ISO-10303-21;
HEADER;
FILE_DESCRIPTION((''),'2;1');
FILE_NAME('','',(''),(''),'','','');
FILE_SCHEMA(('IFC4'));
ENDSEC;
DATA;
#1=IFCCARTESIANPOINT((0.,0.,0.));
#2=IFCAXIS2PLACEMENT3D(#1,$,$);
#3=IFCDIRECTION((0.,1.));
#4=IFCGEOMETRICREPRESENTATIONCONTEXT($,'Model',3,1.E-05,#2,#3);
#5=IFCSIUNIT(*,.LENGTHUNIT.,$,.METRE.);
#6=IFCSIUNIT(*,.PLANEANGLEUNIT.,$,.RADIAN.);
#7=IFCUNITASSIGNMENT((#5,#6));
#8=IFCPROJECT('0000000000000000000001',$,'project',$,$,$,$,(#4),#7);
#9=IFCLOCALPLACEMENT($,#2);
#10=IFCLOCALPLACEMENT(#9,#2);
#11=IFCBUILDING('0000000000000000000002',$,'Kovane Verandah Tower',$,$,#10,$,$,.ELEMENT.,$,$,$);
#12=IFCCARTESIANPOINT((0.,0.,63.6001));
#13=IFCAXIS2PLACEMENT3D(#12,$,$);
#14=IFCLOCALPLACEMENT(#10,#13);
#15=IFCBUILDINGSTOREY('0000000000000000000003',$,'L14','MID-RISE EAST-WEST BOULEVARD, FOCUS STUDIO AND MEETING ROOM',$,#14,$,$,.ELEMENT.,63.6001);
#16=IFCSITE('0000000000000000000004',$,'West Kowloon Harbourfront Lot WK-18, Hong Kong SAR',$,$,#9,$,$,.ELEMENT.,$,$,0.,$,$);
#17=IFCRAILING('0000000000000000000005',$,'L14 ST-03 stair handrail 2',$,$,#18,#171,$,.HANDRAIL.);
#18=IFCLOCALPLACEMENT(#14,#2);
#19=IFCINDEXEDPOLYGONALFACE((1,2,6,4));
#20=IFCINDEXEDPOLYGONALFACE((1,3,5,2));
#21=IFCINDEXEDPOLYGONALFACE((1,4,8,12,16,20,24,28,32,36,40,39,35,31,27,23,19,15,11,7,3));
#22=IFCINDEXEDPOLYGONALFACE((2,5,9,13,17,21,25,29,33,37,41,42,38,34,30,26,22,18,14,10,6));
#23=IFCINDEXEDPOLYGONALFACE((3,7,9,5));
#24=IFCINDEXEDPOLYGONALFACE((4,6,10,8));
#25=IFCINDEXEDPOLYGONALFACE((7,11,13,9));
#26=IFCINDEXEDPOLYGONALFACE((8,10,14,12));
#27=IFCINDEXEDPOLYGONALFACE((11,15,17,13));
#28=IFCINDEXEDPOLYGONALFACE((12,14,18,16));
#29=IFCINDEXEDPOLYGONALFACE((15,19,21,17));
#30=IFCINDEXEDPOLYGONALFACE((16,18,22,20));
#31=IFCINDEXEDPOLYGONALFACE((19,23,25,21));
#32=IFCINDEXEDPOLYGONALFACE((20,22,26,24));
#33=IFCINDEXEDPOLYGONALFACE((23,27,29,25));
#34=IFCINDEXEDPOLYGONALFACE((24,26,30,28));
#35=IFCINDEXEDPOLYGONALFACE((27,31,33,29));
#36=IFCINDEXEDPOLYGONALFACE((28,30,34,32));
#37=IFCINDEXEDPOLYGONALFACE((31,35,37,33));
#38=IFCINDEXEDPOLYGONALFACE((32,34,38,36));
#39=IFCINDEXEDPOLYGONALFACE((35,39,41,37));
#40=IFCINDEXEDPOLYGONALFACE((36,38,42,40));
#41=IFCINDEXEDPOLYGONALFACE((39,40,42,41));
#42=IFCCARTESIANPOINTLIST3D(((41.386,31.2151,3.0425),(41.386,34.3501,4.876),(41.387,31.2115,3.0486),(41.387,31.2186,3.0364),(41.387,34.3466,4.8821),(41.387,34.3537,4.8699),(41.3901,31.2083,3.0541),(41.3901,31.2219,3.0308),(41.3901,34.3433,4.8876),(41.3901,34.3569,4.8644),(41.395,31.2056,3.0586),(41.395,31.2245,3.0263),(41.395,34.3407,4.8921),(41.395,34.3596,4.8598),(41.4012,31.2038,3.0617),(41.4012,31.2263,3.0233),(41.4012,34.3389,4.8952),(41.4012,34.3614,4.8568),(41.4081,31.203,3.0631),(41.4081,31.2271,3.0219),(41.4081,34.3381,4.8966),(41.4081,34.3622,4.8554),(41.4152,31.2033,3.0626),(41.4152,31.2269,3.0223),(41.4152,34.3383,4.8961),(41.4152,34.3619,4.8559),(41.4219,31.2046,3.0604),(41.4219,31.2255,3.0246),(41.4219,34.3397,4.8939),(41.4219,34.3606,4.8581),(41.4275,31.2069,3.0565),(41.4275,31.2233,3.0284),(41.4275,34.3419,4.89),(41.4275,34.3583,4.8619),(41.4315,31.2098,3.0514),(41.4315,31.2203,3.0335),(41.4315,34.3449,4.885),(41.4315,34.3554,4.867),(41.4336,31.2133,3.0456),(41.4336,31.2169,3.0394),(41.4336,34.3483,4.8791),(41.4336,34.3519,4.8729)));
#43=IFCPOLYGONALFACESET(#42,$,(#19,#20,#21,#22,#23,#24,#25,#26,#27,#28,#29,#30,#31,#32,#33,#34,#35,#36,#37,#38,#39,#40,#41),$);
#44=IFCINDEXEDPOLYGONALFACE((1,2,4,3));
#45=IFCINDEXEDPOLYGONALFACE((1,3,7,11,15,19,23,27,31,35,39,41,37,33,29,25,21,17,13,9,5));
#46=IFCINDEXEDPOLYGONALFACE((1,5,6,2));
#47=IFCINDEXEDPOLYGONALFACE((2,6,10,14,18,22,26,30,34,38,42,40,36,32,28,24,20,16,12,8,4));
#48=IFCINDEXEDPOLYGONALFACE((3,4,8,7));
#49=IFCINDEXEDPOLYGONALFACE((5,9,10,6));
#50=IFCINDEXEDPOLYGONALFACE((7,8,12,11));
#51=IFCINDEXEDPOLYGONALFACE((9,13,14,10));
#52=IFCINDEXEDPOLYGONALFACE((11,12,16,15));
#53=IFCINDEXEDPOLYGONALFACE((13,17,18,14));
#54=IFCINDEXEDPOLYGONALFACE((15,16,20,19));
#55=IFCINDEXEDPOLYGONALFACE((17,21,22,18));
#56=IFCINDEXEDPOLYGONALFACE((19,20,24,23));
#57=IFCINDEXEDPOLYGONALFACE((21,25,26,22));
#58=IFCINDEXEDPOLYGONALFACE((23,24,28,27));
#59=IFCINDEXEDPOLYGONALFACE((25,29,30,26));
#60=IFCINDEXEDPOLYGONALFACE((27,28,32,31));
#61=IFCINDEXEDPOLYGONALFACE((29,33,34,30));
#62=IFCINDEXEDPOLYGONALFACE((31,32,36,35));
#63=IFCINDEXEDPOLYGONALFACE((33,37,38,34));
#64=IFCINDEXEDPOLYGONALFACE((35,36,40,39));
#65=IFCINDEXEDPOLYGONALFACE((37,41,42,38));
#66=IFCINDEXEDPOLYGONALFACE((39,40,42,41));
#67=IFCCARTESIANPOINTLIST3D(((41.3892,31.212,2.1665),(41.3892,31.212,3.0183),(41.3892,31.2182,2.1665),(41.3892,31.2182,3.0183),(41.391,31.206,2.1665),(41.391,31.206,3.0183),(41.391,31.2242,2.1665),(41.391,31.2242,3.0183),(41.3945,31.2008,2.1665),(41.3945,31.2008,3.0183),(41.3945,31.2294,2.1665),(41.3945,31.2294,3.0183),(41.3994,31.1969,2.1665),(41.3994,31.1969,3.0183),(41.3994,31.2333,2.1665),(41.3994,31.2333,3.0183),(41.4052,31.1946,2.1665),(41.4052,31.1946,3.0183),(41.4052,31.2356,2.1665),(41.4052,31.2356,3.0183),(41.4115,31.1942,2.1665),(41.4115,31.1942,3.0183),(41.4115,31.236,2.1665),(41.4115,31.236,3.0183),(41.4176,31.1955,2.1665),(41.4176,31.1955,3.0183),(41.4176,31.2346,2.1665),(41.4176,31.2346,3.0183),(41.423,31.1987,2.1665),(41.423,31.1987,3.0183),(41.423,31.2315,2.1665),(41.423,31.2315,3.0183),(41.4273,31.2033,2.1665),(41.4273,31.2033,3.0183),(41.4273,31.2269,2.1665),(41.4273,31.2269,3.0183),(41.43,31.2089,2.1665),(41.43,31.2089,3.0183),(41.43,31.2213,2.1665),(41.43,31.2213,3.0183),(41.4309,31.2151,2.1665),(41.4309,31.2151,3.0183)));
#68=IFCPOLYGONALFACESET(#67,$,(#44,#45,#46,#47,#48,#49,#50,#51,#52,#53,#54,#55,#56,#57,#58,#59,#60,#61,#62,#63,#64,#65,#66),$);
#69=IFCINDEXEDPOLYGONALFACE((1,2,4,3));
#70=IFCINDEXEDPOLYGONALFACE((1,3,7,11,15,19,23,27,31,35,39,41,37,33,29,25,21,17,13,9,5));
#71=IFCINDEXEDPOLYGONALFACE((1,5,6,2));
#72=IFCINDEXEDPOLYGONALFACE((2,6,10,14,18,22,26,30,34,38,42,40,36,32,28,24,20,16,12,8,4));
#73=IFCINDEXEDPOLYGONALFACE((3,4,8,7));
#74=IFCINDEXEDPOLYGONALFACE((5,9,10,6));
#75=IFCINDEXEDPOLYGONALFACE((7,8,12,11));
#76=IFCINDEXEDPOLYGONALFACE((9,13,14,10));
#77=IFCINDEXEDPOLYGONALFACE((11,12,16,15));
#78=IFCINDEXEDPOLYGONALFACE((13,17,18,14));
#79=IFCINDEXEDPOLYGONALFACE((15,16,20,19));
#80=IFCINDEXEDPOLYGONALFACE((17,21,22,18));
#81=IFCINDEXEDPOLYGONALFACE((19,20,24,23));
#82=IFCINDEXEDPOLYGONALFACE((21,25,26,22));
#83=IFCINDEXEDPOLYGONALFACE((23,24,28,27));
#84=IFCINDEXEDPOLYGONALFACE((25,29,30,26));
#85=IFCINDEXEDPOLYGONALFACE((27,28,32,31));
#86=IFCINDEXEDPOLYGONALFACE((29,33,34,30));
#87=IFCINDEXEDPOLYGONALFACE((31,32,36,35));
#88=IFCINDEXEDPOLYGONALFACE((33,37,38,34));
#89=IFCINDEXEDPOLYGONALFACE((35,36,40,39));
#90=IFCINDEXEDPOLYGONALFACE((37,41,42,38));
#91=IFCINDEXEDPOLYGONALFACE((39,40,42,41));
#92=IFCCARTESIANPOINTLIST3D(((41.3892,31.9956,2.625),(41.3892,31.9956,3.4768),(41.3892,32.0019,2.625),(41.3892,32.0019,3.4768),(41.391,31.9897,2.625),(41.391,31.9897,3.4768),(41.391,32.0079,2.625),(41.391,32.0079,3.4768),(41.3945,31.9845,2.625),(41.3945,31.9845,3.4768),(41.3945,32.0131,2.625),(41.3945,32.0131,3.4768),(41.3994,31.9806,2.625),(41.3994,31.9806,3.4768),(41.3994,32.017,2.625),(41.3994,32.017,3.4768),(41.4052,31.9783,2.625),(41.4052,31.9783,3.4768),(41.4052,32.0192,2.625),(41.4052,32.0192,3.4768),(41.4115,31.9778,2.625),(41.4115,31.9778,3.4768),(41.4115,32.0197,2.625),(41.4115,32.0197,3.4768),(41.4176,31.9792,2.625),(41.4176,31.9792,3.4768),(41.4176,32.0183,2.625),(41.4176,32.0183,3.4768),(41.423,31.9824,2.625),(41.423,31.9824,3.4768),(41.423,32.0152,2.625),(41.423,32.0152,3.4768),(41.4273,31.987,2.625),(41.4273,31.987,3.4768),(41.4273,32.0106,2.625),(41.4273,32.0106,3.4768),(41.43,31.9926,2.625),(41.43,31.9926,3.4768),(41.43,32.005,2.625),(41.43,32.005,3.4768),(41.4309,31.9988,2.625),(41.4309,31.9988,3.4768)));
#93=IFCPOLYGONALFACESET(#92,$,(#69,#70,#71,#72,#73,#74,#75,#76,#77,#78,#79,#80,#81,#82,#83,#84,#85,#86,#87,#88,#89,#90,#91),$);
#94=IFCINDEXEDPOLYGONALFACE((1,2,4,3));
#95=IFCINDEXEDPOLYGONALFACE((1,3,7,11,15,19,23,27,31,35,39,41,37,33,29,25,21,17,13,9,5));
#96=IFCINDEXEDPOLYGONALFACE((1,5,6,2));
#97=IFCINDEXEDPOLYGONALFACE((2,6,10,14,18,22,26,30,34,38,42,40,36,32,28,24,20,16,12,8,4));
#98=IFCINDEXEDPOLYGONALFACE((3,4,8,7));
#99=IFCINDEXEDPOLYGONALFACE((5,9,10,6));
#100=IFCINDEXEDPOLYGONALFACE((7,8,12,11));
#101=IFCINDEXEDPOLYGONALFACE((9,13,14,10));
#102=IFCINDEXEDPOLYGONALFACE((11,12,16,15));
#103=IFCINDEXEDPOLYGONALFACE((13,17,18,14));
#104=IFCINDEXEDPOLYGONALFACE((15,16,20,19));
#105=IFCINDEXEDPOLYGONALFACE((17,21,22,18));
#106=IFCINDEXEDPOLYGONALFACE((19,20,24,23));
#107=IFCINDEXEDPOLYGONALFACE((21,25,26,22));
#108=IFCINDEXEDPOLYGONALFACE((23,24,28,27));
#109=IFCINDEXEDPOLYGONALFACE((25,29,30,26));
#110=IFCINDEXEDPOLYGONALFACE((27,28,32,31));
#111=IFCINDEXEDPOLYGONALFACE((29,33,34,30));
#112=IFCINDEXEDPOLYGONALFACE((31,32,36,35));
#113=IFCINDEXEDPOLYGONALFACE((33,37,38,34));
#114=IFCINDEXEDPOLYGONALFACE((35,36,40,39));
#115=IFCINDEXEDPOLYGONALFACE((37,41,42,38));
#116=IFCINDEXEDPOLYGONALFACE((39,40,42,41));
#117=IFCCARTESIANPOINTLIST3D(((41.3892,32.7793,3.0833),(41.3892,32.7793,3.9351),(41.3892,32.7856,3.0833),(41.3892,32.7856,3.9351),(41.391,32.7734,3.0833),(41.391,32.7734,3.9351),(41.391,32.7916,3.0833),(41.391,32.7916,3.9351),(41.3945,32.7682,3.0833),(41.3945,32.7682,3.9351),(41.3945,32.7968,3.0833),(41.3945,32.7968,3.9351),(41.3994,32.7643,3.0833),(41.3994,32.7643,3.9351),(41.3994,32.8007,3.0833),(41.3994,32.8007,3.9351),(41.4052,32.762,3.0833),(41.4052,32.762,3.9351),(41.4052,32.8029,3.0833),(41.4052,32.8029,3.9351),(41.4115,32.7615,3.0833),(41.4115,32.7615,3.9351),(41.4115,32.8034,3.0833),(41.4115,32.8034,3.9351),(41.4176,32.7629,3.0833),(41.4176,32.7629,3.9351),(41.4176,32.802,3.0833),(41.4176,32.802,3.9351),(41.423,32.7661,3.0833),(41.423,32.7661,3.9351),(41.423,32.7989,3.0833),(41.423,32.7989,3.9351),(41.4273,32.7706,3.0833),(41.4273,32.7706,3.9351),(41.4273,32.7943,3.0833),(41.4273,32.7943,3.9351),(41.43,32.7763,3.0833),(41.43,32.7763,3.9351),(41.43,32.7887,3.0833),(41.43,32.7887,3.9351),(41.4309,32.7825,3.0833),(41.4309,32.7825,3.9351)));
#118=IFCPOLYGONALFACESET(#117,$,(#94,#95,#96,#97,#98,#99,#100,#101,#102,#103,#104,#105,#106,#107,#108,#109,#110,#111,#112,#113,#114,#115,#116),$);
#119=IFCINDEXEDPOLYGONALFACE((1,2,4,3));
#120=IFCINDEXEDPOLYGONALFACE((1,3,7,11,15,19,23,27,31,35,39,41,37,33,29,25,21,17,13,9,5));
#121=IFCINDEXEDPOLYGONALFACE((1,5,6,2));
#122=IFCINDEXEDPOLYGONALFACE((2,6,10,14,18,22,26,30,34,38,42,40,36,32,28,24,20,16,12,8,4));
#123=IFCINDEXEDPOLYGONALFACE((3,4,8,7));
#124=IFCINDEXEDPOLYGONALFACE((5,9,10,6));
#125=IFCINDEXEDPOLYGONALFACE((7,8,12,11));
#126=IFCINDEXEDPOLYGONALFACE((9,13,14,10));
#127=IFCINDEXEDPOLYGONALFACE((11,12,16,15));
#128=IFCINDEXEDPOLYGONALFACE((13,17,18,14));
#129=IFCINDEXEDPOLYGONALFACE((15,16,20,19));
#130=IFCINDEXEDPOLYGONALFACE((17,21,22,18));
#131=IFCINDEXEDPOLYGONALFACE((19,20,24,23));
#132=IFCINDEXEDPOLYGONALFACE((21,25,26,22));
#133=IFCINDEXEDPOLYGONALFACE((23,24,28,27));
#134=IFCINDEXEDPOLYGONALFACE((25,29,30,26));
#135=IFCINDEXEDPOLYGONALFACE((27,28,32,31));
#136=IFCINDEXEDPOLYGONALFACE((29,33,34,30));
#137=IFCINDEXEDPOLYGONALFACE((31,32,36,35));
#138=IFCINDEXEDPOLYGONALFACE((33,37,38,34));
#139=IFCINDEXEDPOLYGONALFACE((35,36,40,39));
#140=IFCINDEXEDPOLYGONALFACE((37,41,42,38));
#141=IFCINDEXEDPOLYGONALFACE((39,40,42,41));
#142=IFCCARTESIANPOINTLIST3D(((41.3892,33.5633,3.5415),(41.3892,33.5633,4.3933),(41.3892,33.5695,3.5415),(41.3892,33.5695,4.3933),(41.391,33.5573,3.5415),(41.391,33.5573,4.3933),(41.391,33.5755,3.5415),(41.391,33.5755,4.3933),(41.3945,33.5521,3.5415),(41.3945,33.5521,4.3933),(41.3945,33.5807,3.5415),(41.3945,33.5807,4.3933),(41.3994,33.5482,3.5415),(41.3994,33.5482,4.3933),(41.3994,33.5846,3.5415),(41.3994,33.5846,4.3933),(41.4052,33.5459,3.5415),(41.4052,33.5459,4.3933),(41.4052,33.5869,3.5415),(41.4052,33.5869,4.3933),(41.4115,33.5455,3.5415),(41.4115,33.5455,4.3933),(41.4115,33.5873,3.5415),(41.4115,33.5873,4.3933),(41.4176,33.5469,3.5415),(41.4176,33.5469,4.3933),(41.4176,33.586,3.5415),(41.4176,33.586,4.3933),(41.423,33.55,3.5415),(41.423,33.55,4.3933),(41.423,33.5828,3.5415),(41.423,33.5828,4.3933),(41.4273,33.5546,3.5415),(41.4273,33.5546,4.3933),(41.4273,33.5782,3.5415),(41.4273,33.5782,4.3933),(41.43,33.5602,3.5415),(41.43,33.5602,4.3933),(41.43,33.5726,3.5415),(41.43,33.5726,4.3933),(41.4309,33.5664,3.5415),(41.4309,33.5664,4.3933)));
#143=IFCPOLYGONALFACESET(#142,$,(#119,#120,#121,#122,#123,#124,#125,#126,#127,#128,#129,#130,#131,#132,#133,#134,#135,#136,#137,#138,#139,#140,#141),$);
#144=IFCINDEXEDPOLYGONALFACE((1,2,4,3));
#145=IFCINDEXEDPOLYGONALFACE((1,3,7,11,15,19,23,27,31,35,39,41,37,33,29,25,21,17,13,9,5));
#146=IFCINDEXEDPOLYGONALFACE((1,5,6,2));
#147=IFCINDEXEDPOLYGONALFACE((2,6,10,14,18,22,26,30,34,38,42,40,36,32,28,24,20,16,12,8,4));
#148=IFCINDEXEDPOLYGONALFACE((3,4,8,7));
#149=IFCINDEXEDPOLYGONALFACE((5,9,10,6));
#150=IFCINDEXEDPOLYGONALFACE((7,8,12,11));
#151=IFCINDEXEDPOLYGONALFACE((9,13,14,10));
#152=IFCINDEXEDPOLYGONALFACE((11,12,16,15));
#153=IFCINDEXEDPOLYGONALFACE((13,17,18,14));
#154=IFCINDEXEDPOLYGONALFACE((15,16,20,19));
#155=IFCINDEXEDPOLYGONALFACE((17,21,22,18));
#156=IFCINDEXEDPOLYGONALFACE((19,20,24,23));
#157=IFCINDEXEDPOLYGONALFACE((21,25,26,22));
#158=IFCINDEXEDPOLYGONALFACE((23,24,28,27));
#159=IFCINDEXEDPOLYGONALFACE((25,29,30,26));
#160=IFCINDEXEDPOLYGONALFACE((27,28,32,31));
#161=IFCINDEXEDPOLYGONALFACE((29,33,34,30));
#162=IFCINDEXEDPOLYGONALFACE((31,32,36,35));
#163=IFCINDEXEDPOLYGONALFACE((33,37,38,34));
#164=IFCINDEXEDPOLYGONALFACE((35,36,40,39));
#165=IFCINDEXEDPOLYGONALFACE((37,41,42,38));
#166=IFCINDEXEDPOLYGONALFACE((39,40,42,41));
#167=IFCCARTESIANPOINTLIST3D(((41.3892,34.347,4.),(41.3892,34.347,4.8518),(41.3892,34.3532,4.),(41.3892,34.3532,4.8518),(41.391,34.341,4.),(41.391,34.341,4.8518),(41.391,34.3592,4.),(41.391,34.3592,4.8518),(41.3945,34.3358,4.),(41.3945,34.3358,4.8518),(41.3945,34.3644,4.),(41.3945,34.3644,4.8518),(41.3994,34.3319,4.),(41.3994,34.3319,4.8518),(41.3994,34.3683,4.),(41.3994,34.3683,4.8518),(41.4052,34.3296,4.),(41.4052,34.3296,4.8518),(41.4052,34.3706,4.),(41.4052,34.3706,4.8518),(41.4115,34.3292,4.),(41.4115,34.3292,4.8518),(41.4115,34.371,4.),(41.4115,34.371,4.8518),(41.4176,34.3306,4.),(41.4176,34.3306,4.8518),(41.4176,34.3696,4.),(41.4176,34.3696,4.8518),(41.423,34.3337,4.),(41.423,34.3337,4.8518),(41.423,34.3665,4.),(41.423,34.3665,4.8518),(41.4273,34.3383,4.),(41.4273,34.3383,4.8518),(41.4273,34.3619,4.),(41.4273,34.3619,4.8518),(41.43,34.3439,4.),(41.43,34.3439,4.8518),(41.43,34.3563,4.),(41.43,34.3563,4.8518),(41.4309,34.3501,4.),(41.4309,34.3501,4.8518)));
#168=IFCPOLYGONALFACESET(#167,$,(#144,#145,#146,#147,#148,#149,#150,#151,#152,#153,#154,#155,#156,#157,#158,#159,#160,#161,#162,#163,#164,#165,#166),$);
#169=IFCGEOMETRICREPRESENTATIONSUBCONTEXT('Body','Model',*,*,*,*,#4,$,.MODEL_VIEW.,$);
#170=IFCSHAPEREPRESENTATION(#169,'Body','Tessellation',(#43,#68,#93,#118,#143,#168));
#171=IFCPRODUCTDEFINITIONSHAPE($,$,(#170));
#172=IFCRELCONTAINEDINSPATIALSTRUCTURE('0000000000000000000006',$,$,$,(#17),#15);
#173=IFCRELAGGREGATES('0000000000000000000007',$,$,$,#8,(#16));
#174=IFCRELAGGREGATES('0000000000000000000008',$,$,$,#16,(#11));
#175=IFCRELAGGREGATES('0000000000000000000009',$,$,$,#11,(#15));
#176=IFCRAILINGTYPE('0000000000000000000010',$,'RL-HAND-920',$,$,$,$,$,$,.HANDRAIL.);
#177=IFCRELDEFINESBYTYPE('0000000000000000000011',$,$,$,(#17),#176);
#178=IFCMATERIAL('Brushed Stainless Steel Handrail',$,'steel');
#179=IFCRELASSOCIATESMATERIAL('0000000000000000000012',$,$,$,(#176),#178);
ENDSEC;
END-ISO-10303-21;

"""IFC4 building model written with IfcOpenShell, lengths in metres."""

from ifc_helpers import new_model, si_unit, direction, frame, origin, origin_2d, place, context, subcontext, project, spatial, circle, extrude, material, type_object, element, save


model = new_model("IFC4")

# Units and contexts
model_context = context("Model", 3, precision=1e-05, world=origin(), true_north=direction((0.0, 1.0)))
body_context = subcontext(model_context, "Body", "Model", "MODEL_VIEW")
ifc_project = project(units=[si_unit("LENGTHUNIT", "METRE"), si_unit("PLANEANGLEUNIT", "RADIAN")], contexts=[model_context])

# Site, building, storey
site_placement = place(None, origin())
site = spatial("IfcSite", under=ifc_project, at=site_placement, Name="West Kowloon Harbourfront Lot WK-18, Hong Kong SAR", CompositionType="ELEMENT", RefElevation=0.0)
building_placement = place(site_placement, origin())
building = spatial("IfcBuilding", under=site, at=building_placement, Name="Kovane Verandah Tower", CompositionType="ELEMENT")
storey_placement = place(building_placement, frame((0.0, 0.0, 63.6001)))
storey = spatial("IfcBuildingStorey", under=building, at=storey_placement, Name="L14", Description="MID-RISE EAST-WEST BOULEVARD, FOCUS STUDIO AND MEETING ROOM", CompositionType="ELEMENT", Elevation=63.6001)

# Railing
ifc_material_1 = material(Name="Brushed Stainless Steel Handrail", Category="steel")
railing_type_1 = type_object("IfcRailingType", Name="RL-HAND-920", PredefinedType="HANDRAIL", material=ifc_material_1)
railing_1_placement = place(storey_placement, frame((41.4099, 31.2151, 2.1665)))
element("IfcRailing", 1, at=railing_1_placement, inside=storey, type_object=railing_type_1, Name="L14 ST-03 stair handrail 2", PredefinedType="HANDRAIL", context=body_context, shape_type="SweptSolid", body=[
    extrude(circle(Radius=0.0239, at=origin_2d()), frame((0.0, 0.0, 0.876), z_axis=(0.0, 0.86321, 0.504845), x_axis=(-1.0, 0.0, 0.0)), (0.0, 0.0, 1.0), 3.6318),
    extrude(circle(Radius=0.021, at=origin_2d()), origin(), (0.0, 0.0, 1.0), 0.8518),
    extrude(circle(Radius=0.021, at=origin_2d()), frame((0.0, 0.7837, 0.4585)), (0.0, 0.0, 1.0), 0.8518),
    extrude(circle(Radius=0.021, at=origin_2d()), frame((0.0, 1.5674, 0.9167)), (0.0, 0.0, 1.0), 0.8518),
    extrude(circle(Radius=0.021, at=origin_2d()), frame((0.0, 2.3513, 1.375)), (0.0, 0.0, 1.0), 0.8518),
    extrude(circle(Radius=0.021, at=origin_2d()), frame((0.0, 3.135, 1.8335)), (0.0, 0.0, 1.0), 0.8518),
])

save(model, "model.ifc")
